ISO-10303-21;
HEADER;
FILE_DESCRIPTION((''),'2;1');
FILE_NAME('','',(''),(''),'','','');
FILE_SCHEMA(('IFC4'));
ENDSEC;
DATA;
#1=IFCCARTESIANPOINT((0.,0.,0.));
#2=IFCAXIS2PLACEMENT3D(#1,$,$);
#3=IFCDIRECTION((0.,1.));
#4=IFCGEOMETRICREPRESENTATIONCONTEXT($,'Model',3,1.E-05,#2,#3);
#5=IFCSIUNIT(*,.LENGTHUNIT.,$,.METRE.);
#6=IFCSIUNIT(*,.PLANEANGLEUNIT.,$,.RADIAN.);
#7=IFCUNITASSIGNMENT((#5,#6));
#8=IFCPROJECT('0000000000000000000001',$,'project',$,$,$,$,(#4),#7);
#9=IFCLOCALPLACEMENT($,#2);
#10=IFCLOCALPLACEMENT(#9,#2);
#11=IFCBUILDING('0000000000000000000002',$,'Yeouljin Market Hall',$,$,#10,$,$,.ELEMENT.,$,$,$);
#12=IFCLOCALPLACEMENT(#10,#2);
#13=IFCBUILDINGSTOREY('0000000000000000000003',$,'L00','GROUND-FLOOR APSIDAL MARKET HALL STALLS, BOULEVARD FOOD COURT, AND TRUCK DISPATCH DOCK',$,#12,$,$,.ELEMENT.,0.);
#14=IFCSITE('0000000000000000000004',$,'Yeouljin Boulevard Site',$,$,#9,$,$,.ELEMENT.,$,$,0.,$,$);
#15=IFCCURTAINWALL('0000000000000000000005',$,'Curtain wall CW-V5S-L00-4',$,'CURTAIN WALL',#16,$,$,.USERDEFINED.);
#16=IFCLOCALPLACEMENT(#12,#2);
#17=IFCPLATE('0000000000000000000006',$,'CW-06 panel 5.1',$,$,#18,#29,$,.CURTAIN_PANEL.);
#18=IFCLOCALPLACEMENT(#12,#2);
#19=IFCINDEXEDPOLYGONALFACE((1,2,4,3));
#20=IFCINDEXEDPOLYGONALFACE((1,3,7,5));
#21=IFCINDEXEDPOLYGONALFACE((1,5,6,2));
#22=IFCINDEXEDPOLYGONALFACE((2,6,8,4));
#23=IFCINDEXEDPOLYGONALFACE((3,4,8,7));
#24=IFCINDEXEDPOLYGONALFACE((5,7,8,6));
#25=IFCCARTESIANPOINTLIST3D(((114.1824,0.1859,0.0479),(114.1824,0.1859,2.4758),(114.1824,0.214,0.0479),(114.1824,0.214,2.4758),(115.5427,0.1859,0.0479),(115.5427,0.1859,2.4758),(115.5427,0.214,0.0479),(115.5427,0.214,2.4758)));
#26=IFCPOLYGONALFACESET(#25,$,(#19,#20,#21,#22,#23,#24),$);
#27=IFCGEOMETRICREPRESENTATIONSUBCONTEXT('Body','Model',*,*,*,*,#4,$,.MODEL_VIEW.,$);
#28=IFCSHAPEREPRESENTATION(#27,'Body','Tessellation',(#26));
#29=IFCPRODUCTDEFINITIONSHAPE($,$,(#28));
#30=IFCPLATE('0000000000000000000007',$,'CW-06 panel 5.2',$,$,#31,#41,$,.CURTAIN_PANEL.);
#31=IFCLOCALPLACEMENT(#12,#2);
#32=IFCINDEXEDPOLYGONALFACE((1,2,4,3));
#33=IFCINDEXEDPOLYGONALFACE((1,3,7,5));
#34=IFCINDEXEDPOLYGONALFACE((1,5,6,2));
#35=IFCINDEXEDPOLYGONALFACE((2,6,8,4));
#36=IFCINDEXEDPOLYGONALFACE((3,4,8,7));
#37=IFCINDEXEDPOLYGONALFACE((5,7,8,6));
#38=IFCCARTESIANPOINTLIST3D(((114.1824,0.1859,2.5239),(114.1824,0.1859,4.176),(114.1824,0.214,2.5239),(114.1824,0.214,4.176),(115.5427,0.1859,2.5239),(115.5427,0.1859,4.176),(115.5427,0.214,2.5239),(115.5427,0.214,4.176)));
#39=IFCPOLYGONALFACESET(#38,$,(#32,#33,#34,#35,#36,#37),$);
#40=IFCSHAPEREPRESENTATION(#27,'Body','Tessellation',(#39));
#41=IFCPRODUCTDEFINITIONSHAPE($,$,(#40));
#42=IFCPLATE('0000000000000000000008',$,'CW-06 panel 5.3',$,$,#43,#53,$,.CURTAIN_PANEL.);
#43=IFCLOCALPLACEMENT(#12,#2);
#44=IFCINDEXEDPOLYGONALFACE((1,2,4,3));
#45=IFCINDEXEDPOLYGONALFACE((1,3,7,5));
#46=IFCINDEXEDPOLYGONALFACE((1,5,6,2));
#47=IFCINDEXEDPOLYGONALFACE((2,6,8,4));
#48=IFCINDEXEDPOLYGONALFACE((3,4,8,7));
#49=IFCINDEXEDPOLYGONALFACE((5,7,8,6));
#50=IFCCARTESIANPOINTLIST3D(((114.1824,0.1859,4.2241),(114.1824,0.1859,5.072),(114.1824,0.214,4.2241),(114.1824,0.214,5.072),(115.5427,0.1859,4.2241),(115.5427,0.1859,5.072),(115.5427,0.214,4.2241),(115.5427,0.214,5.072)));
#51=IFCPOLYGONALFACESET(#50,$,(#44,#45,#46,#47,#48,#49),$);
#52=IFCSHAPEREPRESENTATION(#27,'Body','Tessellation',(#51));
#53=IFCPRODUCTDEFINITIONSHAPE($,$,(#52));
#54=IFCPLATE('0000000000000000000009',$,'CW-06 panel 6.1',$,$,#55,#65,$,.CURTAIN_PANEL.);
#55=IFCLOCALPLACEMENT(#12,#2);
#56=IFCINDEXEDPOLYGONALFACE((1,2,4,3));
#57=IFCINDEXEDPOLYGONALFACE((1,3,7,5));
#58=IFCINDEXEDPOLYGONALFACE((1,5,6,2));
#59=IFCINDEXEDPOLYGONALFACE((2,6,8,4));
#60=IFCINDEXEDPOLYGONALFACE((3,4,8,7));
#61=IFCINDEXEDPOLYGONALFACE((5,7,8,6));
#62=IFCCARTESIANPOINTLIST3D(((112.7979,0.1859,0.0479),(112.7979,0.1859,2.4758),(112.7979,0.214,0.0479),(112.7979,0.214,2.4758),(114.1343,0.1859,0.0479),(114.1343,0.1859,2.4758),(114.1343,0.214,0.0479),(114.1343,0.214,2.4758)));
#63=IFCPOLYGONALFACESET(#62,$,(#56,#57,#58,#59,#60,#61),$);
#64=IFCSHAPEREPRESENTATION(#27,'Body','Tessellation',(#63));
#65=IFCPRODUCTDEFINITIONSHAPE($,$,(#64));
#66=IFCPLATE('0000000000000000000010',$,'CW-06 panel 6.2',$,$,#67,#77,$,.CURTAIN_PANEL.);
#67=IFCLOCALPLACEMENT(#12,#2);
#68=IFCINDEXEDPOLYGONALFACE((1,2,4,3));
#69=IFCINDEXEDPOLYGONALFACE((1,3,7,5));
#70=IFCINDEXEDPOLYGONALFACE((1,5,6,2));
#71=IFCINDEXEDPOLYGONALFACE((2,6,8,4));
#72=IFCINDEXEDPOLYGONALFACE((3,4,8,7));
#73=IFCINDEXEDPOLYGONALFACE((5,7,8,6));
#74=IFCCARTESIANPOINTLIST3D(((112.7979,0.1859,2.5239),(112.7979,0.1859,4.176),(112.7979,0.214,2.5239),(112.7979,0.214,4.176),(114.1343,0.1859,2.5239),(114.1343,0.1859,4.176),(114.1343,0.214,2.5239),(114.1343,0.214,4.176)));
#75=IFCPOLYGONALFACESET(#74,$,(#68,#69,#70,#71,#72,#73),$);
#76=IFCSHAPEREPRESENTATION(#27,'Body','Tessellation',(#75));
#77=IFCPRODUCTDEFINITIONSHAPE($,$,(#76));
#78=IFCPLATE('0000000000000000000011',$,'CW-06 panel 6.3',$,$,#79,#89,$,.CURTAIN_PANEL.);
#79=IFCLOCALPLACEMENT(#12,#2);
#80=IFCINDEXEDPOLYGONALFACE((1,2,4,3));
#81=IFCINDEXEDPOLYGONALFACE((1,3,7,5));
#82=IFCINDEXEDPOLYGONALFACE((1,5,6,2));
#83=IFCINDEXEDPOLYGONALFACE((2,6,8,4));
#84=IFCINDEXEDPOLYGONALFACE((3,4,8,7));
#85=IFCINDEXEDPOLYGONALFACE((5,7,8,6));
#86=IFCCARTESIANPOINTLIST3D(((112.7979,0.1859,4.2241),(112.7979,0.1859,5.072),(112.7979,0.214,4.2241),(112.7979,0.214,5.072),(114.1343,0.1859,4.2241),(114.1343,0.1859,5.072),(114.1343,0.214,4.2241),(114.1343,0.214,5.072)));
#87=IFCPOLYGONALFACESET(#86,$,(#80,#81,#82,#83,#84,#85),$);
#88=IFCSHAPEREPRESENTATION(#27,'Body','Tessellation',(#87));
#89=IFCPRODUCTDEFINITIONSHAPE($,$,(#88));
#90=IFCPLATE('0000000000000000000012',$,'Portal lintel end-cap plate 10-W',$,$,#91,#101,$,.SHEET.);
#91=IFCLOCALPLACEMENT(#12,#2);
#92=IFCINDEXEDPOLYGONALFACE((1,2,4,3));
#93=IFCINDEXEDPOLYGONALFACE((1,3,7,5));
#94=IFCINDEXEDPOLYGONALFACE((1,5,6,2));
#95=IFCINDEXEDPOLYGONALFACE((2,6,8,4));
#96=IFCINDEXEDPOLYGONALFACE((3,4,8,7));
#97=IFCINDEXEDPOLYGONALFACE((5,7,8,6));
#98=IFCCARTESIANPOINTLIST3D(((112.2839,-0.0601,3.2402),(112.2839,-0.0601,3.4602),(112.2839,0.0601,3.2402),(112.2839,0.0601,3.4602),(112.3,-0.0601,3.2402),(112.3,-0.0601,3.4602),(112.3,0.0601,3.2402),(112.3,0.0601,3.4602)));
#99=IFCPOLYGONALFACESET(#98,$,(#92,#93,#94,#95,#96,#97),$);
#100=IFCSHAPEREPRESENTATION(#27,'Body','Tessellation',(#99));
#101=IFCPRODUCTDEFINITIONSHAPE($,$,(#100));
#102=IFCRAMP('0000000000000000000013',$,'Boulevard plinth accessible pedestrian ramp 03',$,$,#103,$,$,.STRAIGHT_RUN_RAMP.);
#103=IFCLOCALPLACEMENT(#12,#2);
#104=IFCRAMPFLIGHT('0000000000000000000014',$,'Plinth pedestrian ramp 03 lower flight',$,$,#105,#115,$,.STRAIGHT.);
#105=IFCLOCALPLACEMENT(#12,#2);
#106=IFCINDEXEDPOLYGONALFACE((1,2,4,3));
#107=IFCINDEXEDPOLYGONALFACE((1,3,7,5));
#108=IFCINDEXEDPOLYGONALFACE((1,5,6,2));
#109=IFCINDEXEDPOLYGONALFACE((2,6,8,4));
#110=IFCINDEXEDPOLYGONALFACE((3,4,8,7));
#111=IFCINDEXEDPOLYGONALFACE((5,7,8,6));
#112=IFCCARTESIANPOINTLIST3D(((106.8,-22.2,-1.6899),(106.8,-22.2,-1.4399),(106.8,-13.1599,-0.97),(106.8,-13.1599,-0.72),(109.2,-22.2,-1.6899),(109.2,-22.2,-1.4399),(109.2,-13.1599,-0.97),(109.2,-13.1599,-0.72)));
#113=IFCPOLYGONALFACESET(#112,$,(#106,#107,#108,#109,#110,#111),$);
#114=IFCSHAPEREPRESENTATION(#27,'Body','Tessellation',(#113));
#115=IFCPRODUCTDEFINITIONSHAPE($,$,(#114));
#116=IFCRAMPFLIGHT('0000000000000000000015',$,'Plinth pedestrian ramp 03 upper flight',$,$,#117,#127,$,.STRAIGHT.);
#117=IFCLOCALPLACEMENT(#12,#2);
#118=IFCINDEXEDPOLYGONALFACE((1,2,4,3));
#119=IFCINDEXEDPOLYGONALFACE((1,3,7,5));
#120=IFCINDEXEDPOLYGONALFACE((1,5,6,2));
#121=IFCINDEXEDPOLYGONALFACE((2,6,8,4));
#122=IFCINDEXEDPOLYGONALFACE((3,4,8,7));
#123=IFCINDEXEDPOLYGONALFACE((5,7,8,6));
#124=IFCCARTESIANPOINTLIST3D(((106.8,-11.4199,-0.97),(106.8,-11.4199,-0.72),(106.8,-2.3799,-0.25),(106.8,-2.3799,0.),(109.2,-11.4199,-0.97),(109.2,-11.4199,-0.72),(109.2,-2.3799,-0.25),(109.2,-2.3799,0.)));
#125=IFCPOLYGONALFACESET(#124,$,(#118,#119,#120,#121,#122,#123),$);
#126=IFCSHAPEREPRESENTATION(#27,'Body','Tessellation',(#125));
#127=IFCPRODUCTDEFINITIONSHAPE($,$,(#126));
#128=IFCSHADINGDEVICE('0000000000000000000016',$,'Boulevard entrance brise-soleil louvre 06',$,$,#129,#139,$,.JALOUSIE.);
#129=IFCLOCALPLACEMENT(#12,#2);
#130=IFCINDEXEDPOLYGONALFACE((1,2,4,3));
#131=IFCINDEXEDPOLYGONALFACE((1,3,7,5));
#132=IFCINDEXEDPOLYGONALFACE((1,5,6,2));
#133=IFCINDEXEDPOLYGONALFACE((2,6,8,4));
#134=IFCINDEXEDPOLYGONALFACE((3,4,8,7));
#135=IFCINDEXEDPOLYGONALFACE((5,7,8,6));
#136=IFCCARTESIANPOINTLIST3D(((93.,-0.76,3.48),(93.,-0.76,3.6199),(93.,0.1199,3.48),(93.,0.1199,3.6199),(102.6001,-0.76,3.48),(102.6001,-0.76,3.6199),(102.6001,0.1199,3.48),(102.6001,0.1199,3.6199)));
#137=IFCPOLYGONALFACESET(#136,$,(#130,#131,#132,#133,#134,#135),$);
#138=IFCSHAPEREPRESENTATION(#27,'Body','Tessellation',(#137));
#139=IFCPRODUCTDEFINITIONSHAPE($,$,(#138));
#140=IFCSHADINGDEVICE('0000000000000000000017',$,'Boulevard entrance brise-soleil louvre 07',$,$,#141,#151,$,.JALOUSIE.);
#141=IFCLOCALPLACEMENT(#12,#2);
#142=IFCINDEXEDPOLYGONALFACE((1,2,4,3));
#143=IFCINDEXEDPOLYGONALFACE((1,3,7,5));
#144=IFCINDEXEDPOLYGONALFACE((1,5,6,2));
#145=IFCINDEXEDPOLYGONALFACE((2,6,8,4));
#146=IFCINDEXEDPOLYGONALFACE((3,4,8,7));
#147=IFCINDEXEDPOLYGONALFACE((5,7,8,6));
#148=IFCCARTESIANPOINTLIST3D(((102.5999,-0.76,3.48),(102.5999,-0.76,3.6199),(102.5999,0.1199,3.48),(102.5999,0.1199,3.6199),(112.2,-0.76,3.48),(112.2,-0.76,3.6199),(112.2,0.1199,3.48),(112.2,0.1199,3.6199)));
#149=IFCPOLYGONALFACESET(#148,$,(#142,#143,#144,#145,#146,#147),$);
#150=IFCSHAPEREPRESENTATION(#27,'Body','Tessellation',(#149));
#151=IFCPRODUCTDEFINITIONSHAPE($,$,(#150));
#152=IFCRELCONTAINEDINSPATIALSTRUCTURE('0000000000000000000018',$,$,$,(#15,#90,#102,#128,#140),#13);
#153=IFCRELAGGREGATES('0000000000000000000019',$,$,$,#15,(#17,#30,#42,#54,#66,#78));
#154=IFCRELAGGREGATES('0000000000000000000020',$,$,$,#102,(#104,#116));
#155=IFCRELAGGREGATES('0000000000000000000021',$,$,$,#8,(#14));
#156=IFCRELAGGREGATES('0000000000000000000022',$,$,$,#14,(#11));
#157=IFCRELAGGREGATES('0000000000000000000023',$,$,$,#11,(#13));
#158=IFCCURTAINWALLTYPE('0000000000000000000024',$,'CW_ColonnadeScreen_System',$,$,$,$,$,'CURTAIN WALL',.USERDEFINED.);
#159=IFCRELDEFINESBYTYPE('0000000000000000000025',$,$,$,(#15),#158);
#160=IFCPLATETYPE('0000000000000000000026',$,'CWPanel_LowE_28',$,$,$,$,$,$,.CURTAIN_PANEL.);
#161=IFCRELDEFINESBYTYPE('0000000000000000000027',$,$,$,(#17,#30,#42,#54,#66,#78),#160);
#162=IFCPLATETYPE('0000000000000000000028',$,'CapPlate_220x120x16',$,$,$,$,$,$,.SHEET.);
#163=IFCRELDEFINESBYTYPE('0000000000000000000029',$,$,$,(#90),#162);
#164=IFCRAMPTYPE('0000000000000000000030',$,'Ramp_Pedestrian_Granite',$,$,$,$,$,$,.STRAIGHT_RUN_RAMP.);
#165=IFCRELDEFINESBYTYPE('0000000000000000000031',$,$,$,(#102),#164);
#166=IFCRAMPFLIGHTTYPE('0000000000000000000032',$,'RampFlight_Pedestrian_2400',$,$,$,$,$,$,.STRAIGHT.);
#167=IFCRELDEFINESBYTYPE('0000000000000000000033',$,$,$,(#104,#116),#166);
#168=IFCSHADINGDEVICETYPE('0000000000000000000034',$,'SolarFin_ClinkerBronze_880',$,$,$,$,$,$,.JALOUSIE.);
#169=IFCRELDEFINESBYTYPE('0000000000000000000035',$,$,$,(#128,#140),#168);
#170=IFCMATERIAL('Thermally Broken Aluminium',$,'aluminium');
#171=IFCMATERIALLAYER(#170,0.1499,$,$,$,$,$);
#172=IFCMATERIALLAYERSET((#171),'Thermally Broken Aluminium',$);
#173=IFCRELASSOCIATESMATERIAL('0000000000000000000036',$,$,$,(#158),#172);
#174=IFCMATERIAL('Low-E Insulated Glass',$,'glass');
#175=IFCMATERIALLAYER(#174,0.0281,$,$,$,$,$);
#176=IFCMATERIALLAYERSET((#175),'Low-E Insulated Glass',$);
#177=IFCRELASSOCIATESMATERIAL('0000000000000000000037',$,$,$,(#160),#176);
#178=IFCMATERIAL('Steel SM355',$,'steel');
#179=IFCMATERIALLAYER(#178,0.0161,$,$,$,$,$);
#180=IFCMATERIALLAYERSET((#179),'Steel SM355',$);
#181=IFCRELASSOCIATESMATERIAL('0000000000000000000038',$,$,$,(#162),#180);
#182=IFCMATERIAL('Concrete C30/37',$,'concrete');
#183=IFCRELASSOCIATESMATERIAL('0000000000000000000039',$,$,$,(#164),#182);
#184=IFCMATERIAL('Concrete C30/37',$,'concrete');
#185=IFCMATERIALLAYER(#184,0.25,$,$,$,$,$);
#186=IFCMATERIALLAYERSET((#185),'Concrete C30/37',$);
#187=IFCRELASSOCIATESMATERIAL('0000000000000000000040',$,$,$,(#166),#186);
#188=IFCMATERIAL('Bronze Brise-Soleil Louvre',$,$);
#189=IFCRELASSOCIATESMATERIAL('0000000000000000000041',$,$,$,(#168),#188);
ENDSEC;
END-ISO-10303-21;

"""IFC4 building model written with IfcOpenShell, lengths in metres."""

from ifc_helpers import new_model, si_unit, direction, frame, origin, origin_2d, place, context, subcontext, project, spatial, polyline, rectangle, outline, extrude, material, layer, layer_set, type_object, element, aggregate, save


model = new_model("IFC4")

# Units and contexts
model_context = context("Model", 3, precision=1e-05, world=origin(), true_north=direction((0.0, 1.0)))
body_context = subcontext(model_context, "Body", "Model", "MODEL_VIEW")
ifc_project = project(units=[si_unit("LENGTHUNIT", "METRE"), si_unit("PLANEANGLEUNIT", "RADIAN")], contexts=[model_context])

# Site, building, storey
site_placement = place(None, origin())
site = spatial("IfcSite", under=ifc_project, at=site_placement, Name="Yeouljin Boulevard Site", CompositionType="ELEMENT", RefElevation=0.0)
building_placement = place(site_placement, origin())
building = spatial("IfcBuilding", under=site, at=building_placement, Name="Yeouljin Market Hall", CompositionType="ELEMENT")
storey_placement = place(building_placement, origin())
storey = spatial("IfcBuildingStorey", under=building, at=storey_placement, Name="L00", Description="GROUND-FLOOR APSIDAL MARKET HALL STALLS, BOULEVARD FOOD COURT, AND TRUCK DISPATCH DOCK", CompositionType="ELEMENT", Elevation=0.0)

# Curtain wall
ifc_material_1 = material(Name="Thermally Broken Aluminium", Category="aluminium")
ifc_layer_1 = layer(ifc_material_1, 0.1499)
ifc_layer_set_1 = layer_set([ifc_layer_1], Name="Thermally Broken Aluminium")
curtain_wall_type_1 = type_object("IfcCurtainWallType", Name="CW_ColonnadeScreen_System", ElementType="CURTAIN WALL", PredefinedType="USERDEFINED", material=ifc_layer_set_1)
curtain_wall_1_placement = place(storey_placement, origin())
curtain_wall_1 = element("IfcCurtainWall", 1, at=curtain_wall_1_placement, inside=storey, type_object=curtain_wall_type_1, Name="Curtain wall CW-V5S-L00-4", ObjectType="CURTAIN WALL", PredefinedType="USERDEFINED")

# Plates
ifc_material_2 = material(Name="Low-E Insulated Glass", Category="glass")
ifc_layer_2 = layer(ifc_material_2, 0.0281)
ifc_layer_set_2 = layer_set([ifc_layer_2], Name="Low-E Insulated Glass")
plate_type_1 = type_object("IfcPlateType", Name="CWPanel_LowE_28", PredefinedType="CURTAIN_PANEL", material=ifc_layer_set_2)
plate_1_placement = place(storey_placement, frame((114.8625, 0.2, 0.0479), z_axis=(0.0, 0.0, 1.0), x_axis=(-1.0, 0.0, 0.0)))
plate_1 = element("IfcPlate", 2, at=plate_1_placement, type_object=plate_type_1, Name="CW-06 panel 5.1", PredefinedType="CURTAIN_PANEL", context=body_context, shape_type="SweptSolid", body=[
    extrude(rectangle(XDim=1.3604, YDim=0.0281, at=origin_2d()), origin(), (0.0, 0.0, 1.0), 2.428),
])
plate_2_placement = place(storey_placement, frame((114.8625, 0.2, 2.5239), z_axis=(0.0, 0.0, 1.0), x_axis=(-1.0, 0.0, 0.0)))
plate_2 = element("IfcPlate", 3, at=plate_2_placement, type_object=plate_type_1, Name="CW-06 panel 5.2", PredefinedType="CURTAIN_PANEL", context=body_context, shape_type="SweptSolid", body=[
    extrude(rectangle(XDim=1.3604, YDim=0.0281, at=origin_2d()), origin(), (0.0, 0.0, 1.0), 1.6521),
])
plate_3_placement = place(storey_placement, frame((114.8625, 0.2, 4.2241), z_axis=(0.0, 0.0, 1.0), x_axis=(-1.0, 0.0, 0.0)))
plate_3 = element("IfcPlate", 4, at=plate_3_placement, type_object=plate_type_1, Name="CW-06 panel 5.3", PredefinedType="CURTAIN_PANEL", context=body_context, shape_type="SweptSolid", body=[
    extrude(rectangle(XDim=1.3604, YDim=0.0281, at=origin_2d()), origin(), (0.0, 0.0, 1.0), 0.8479),
])
plate_4_placement = place(storey_placement, frame((113.4661, 0.2, 0.0479), z_axis=(0.0, 0.0, 1.0), x_axis=(-1.0, 0.0, 0.0)))
plate_4 = element("IfcPlate", 5, at=plate_4_placement, type_object=plate_type_1, Name="CW-06 panel 6.1", PredefinedType="CURTAIN_PANEL", context=body_context, shape_type="SweptSolid", body=[
    extrude(rectangle(XDim=1.3364, YDim=0.0281, at=origin_2d()), origin(), (0.0, 0.0, 1.0), 2.428),
])
plate_5_placement = place(storey_placement, frame((113.4661, 0.2, 2.5239), z_axis=(0.0, 0.0, 1.0), x_axis=(-1.0, 0.0, 0.0)))
plate_5 = element("IfcPlate", 6, at=plate_5_placement, type_object=plate_type_1, Name="CW-06 panel 6.2", PredefinedType="CURTAIN_PANEL", context=body_context, shape_type="SweptSolid", body=[
    extrude(rectangle(XDim=1.3364, YDim=0.0281, at=origin_2d()), origin(), (0.0, 0.0, 1.0), 1.6521),
])
plate_6_placement = place(storey_placement, frame((113.4661, 0.2, 4.2241), z_axis=(0.0, 0.0, 1.0), x_axis=(-1.0, 0.0, 0.0)))
plate_6 = element("IfcPlate", 7, at=plate_6_placement, type_object=plate_type_1, Name="CW-06 panel 6.3", PredefinedType="CURTAIN_PANEL", context=body_context, shape_type="SweptSolid", body=[
    extrude(rectangle(XDim=1.3364, YDim=0.0281, at=origin_2d()), origin(), (0.0, 0.0, 1.0), 0.8479),
])
aggregate(curtain_wall_1, [plate_1, plate_2, plate_3, plate_4, plate_5, plate_6])
ifc_material_3 = material(Name="Steel SM355", Category="steel")
ifc_layer_3 = layer(ifc_material_3, 0.0161)
ifc_layer_set_3 = layer_set([ifc_layer_3], Name="Steel SM355")
plate_type_2 = type_object("IfcPlateType", Name="CapPlate_220x120x16", PredefinedType="SHEET", material=ifc_layer_set_3)
plate_7_placement = place(storey_placement, frame((112.292, 0.0, 3.2402), z_axis=(0.0, 0.0, 1.0), x_axis=(0.0, 1.0, 0.0)))
element("IfcPlate", 8, at=plate_7_placement, inside=storey, type_object=plate_type_2, Name="Portal lintel end-cap plate 10-W", PredefinedType="SHEET", context=body_context, shape_type="SweptSolid", body=[
    extrude(rectangle(XDim=0.1201, YDim=0.0161, at=origin_2d()), origin(), (0.0, 0.0, 1.0), 0.22),
])

# Ramp, ramp flights
ifc_material_4 = material(Name="Concrete C30/37", Category="concrete")
ramp_type = type_object("IfcRampType", Name="Ramp_Pedestrian_Granite", PredefinedType="STRAIGHT_RUN_RAMP", material=ifc_material_4)
ramp_placement = place(storey_placement, origin())
ramp = element("IfcRamp", 9, at=ramp_placement, inside=storey, type_object=ramp_type, Name="Boulevard plinth accessible pedestrian ramp 03", PredefinedType="STRAIGHT_RUN_RAMP")
ifc_material_5 = material(Name="Concrete C30/37", Category="concrete")
ifc_layer_4 = layer(ifc_material_5, 0.25)
ifc_layer_set_4 = layer_set([ifc_layer_4], Name="Concrete C30/37")
ramp_flight_type = type_object("IfcRampFlightType", Name="RampFlight_Pedestrian_2400", PredefinedType="STRAIGHT", material=ifc_layer_set_4)
ramp_flight_1_placement = place(storey_placement, frame((108.0, -22.2, -1.4399), z_axis=(0.0, 0.0, 1.0), x_axis=(0.0, 1.0, 0.0)))
ramp_flight_1 = element("IfcRampFlight", 10, at=ramp_flight_1_placement, type_object=ramp_flight_type, Name="Plinth pedestrian ramp 03 lower flight", PredefinedType="STRAIGHT", context=body_context, shape_type="SweptSolid", body=[
    extrude(outline(polyline([(0.0, 0.0), (9.04, 0.72), (9.04, 0.47), (0.0, -0.25), (0.0, 0.0)])), frame((0.0, 1.2, 0.0), z_axis=(0.0, -1.0, 0.0), x_axis=(1.0, 0.0, 0.0)), (0.0, 0.0, 1.0), 2.3999),
])
ramp_flight_2_placement = place(storey_placement, frame((108.0, -11.4199, -0.72), z_axis=(0.0, 0.0, 1.0), x_axis=(0.0, 1.0, 0.0)))
ramp_flight_2 = element("IfcRampFlight", 11, at=ramp_flight_2_placement, type_object=ramp_flight_type, Name="Plinth pedestrian ramp 03 upper flight", PredefinedType="STRAIGHT", context=body_context, shape_type="SweptSolid", body=[
    extrude(outline(polyline([(0.0, 0.0), (9.04, 0.72), (9.04, 0.47), (0.0, -0.25), (0.0, 0.0)])), frame((0.0, 1.2, 0.0), z_axis=(0.0, -1.0, 0.0), x_axis=(1.0, 0.0, 0.0)), (0.0, 0.0, 1.0), 2.3999),
])
aggregate(ramp, [ramp_flight_1, ramp_flight_2])

# Shading devices
ifc_material_6 = material(Name="Bronze Brise-Soleil Louvre")
shading_device_type = type_object("IfcShadingDeviceType", Name="SolarFin_ClinkerBronze_880", PredefinedType="JALOUSIE", material=ifc_material_6)
for number, where, z_axis, x_axis, name in (
    (12, (97.8, -0.3201, 3.48), (0.0, 0.0, 1.0), (1.0, 0.0, 0.0), "Boulevard entrance brise-soleil louvre 06"),
    (13, (107.3999, -0.3201, 3.48), (0.0, 0.0, 1.0), (1.0, 0.0, 0.0), "Boulevard entrance brise-soleil louvre 07"),
):
    element("IfcShadingDevice", number, at=place(storey_placement, frame(where, z_axis=z_axis, x_axis=x_axis)), inside=storey, type_object=shading_device_type, Name=name, PredefinedType="JALOUSIE", context=body_context, shape_type="SweptSolid", body=[
        extrude(rectangle(XDim=9.6001, YDim=0.8799, at=origin_2d()), origin(), (0.0, 0.0, 1.0), 0.1399),
    ])

save(model, "model.ifc")
